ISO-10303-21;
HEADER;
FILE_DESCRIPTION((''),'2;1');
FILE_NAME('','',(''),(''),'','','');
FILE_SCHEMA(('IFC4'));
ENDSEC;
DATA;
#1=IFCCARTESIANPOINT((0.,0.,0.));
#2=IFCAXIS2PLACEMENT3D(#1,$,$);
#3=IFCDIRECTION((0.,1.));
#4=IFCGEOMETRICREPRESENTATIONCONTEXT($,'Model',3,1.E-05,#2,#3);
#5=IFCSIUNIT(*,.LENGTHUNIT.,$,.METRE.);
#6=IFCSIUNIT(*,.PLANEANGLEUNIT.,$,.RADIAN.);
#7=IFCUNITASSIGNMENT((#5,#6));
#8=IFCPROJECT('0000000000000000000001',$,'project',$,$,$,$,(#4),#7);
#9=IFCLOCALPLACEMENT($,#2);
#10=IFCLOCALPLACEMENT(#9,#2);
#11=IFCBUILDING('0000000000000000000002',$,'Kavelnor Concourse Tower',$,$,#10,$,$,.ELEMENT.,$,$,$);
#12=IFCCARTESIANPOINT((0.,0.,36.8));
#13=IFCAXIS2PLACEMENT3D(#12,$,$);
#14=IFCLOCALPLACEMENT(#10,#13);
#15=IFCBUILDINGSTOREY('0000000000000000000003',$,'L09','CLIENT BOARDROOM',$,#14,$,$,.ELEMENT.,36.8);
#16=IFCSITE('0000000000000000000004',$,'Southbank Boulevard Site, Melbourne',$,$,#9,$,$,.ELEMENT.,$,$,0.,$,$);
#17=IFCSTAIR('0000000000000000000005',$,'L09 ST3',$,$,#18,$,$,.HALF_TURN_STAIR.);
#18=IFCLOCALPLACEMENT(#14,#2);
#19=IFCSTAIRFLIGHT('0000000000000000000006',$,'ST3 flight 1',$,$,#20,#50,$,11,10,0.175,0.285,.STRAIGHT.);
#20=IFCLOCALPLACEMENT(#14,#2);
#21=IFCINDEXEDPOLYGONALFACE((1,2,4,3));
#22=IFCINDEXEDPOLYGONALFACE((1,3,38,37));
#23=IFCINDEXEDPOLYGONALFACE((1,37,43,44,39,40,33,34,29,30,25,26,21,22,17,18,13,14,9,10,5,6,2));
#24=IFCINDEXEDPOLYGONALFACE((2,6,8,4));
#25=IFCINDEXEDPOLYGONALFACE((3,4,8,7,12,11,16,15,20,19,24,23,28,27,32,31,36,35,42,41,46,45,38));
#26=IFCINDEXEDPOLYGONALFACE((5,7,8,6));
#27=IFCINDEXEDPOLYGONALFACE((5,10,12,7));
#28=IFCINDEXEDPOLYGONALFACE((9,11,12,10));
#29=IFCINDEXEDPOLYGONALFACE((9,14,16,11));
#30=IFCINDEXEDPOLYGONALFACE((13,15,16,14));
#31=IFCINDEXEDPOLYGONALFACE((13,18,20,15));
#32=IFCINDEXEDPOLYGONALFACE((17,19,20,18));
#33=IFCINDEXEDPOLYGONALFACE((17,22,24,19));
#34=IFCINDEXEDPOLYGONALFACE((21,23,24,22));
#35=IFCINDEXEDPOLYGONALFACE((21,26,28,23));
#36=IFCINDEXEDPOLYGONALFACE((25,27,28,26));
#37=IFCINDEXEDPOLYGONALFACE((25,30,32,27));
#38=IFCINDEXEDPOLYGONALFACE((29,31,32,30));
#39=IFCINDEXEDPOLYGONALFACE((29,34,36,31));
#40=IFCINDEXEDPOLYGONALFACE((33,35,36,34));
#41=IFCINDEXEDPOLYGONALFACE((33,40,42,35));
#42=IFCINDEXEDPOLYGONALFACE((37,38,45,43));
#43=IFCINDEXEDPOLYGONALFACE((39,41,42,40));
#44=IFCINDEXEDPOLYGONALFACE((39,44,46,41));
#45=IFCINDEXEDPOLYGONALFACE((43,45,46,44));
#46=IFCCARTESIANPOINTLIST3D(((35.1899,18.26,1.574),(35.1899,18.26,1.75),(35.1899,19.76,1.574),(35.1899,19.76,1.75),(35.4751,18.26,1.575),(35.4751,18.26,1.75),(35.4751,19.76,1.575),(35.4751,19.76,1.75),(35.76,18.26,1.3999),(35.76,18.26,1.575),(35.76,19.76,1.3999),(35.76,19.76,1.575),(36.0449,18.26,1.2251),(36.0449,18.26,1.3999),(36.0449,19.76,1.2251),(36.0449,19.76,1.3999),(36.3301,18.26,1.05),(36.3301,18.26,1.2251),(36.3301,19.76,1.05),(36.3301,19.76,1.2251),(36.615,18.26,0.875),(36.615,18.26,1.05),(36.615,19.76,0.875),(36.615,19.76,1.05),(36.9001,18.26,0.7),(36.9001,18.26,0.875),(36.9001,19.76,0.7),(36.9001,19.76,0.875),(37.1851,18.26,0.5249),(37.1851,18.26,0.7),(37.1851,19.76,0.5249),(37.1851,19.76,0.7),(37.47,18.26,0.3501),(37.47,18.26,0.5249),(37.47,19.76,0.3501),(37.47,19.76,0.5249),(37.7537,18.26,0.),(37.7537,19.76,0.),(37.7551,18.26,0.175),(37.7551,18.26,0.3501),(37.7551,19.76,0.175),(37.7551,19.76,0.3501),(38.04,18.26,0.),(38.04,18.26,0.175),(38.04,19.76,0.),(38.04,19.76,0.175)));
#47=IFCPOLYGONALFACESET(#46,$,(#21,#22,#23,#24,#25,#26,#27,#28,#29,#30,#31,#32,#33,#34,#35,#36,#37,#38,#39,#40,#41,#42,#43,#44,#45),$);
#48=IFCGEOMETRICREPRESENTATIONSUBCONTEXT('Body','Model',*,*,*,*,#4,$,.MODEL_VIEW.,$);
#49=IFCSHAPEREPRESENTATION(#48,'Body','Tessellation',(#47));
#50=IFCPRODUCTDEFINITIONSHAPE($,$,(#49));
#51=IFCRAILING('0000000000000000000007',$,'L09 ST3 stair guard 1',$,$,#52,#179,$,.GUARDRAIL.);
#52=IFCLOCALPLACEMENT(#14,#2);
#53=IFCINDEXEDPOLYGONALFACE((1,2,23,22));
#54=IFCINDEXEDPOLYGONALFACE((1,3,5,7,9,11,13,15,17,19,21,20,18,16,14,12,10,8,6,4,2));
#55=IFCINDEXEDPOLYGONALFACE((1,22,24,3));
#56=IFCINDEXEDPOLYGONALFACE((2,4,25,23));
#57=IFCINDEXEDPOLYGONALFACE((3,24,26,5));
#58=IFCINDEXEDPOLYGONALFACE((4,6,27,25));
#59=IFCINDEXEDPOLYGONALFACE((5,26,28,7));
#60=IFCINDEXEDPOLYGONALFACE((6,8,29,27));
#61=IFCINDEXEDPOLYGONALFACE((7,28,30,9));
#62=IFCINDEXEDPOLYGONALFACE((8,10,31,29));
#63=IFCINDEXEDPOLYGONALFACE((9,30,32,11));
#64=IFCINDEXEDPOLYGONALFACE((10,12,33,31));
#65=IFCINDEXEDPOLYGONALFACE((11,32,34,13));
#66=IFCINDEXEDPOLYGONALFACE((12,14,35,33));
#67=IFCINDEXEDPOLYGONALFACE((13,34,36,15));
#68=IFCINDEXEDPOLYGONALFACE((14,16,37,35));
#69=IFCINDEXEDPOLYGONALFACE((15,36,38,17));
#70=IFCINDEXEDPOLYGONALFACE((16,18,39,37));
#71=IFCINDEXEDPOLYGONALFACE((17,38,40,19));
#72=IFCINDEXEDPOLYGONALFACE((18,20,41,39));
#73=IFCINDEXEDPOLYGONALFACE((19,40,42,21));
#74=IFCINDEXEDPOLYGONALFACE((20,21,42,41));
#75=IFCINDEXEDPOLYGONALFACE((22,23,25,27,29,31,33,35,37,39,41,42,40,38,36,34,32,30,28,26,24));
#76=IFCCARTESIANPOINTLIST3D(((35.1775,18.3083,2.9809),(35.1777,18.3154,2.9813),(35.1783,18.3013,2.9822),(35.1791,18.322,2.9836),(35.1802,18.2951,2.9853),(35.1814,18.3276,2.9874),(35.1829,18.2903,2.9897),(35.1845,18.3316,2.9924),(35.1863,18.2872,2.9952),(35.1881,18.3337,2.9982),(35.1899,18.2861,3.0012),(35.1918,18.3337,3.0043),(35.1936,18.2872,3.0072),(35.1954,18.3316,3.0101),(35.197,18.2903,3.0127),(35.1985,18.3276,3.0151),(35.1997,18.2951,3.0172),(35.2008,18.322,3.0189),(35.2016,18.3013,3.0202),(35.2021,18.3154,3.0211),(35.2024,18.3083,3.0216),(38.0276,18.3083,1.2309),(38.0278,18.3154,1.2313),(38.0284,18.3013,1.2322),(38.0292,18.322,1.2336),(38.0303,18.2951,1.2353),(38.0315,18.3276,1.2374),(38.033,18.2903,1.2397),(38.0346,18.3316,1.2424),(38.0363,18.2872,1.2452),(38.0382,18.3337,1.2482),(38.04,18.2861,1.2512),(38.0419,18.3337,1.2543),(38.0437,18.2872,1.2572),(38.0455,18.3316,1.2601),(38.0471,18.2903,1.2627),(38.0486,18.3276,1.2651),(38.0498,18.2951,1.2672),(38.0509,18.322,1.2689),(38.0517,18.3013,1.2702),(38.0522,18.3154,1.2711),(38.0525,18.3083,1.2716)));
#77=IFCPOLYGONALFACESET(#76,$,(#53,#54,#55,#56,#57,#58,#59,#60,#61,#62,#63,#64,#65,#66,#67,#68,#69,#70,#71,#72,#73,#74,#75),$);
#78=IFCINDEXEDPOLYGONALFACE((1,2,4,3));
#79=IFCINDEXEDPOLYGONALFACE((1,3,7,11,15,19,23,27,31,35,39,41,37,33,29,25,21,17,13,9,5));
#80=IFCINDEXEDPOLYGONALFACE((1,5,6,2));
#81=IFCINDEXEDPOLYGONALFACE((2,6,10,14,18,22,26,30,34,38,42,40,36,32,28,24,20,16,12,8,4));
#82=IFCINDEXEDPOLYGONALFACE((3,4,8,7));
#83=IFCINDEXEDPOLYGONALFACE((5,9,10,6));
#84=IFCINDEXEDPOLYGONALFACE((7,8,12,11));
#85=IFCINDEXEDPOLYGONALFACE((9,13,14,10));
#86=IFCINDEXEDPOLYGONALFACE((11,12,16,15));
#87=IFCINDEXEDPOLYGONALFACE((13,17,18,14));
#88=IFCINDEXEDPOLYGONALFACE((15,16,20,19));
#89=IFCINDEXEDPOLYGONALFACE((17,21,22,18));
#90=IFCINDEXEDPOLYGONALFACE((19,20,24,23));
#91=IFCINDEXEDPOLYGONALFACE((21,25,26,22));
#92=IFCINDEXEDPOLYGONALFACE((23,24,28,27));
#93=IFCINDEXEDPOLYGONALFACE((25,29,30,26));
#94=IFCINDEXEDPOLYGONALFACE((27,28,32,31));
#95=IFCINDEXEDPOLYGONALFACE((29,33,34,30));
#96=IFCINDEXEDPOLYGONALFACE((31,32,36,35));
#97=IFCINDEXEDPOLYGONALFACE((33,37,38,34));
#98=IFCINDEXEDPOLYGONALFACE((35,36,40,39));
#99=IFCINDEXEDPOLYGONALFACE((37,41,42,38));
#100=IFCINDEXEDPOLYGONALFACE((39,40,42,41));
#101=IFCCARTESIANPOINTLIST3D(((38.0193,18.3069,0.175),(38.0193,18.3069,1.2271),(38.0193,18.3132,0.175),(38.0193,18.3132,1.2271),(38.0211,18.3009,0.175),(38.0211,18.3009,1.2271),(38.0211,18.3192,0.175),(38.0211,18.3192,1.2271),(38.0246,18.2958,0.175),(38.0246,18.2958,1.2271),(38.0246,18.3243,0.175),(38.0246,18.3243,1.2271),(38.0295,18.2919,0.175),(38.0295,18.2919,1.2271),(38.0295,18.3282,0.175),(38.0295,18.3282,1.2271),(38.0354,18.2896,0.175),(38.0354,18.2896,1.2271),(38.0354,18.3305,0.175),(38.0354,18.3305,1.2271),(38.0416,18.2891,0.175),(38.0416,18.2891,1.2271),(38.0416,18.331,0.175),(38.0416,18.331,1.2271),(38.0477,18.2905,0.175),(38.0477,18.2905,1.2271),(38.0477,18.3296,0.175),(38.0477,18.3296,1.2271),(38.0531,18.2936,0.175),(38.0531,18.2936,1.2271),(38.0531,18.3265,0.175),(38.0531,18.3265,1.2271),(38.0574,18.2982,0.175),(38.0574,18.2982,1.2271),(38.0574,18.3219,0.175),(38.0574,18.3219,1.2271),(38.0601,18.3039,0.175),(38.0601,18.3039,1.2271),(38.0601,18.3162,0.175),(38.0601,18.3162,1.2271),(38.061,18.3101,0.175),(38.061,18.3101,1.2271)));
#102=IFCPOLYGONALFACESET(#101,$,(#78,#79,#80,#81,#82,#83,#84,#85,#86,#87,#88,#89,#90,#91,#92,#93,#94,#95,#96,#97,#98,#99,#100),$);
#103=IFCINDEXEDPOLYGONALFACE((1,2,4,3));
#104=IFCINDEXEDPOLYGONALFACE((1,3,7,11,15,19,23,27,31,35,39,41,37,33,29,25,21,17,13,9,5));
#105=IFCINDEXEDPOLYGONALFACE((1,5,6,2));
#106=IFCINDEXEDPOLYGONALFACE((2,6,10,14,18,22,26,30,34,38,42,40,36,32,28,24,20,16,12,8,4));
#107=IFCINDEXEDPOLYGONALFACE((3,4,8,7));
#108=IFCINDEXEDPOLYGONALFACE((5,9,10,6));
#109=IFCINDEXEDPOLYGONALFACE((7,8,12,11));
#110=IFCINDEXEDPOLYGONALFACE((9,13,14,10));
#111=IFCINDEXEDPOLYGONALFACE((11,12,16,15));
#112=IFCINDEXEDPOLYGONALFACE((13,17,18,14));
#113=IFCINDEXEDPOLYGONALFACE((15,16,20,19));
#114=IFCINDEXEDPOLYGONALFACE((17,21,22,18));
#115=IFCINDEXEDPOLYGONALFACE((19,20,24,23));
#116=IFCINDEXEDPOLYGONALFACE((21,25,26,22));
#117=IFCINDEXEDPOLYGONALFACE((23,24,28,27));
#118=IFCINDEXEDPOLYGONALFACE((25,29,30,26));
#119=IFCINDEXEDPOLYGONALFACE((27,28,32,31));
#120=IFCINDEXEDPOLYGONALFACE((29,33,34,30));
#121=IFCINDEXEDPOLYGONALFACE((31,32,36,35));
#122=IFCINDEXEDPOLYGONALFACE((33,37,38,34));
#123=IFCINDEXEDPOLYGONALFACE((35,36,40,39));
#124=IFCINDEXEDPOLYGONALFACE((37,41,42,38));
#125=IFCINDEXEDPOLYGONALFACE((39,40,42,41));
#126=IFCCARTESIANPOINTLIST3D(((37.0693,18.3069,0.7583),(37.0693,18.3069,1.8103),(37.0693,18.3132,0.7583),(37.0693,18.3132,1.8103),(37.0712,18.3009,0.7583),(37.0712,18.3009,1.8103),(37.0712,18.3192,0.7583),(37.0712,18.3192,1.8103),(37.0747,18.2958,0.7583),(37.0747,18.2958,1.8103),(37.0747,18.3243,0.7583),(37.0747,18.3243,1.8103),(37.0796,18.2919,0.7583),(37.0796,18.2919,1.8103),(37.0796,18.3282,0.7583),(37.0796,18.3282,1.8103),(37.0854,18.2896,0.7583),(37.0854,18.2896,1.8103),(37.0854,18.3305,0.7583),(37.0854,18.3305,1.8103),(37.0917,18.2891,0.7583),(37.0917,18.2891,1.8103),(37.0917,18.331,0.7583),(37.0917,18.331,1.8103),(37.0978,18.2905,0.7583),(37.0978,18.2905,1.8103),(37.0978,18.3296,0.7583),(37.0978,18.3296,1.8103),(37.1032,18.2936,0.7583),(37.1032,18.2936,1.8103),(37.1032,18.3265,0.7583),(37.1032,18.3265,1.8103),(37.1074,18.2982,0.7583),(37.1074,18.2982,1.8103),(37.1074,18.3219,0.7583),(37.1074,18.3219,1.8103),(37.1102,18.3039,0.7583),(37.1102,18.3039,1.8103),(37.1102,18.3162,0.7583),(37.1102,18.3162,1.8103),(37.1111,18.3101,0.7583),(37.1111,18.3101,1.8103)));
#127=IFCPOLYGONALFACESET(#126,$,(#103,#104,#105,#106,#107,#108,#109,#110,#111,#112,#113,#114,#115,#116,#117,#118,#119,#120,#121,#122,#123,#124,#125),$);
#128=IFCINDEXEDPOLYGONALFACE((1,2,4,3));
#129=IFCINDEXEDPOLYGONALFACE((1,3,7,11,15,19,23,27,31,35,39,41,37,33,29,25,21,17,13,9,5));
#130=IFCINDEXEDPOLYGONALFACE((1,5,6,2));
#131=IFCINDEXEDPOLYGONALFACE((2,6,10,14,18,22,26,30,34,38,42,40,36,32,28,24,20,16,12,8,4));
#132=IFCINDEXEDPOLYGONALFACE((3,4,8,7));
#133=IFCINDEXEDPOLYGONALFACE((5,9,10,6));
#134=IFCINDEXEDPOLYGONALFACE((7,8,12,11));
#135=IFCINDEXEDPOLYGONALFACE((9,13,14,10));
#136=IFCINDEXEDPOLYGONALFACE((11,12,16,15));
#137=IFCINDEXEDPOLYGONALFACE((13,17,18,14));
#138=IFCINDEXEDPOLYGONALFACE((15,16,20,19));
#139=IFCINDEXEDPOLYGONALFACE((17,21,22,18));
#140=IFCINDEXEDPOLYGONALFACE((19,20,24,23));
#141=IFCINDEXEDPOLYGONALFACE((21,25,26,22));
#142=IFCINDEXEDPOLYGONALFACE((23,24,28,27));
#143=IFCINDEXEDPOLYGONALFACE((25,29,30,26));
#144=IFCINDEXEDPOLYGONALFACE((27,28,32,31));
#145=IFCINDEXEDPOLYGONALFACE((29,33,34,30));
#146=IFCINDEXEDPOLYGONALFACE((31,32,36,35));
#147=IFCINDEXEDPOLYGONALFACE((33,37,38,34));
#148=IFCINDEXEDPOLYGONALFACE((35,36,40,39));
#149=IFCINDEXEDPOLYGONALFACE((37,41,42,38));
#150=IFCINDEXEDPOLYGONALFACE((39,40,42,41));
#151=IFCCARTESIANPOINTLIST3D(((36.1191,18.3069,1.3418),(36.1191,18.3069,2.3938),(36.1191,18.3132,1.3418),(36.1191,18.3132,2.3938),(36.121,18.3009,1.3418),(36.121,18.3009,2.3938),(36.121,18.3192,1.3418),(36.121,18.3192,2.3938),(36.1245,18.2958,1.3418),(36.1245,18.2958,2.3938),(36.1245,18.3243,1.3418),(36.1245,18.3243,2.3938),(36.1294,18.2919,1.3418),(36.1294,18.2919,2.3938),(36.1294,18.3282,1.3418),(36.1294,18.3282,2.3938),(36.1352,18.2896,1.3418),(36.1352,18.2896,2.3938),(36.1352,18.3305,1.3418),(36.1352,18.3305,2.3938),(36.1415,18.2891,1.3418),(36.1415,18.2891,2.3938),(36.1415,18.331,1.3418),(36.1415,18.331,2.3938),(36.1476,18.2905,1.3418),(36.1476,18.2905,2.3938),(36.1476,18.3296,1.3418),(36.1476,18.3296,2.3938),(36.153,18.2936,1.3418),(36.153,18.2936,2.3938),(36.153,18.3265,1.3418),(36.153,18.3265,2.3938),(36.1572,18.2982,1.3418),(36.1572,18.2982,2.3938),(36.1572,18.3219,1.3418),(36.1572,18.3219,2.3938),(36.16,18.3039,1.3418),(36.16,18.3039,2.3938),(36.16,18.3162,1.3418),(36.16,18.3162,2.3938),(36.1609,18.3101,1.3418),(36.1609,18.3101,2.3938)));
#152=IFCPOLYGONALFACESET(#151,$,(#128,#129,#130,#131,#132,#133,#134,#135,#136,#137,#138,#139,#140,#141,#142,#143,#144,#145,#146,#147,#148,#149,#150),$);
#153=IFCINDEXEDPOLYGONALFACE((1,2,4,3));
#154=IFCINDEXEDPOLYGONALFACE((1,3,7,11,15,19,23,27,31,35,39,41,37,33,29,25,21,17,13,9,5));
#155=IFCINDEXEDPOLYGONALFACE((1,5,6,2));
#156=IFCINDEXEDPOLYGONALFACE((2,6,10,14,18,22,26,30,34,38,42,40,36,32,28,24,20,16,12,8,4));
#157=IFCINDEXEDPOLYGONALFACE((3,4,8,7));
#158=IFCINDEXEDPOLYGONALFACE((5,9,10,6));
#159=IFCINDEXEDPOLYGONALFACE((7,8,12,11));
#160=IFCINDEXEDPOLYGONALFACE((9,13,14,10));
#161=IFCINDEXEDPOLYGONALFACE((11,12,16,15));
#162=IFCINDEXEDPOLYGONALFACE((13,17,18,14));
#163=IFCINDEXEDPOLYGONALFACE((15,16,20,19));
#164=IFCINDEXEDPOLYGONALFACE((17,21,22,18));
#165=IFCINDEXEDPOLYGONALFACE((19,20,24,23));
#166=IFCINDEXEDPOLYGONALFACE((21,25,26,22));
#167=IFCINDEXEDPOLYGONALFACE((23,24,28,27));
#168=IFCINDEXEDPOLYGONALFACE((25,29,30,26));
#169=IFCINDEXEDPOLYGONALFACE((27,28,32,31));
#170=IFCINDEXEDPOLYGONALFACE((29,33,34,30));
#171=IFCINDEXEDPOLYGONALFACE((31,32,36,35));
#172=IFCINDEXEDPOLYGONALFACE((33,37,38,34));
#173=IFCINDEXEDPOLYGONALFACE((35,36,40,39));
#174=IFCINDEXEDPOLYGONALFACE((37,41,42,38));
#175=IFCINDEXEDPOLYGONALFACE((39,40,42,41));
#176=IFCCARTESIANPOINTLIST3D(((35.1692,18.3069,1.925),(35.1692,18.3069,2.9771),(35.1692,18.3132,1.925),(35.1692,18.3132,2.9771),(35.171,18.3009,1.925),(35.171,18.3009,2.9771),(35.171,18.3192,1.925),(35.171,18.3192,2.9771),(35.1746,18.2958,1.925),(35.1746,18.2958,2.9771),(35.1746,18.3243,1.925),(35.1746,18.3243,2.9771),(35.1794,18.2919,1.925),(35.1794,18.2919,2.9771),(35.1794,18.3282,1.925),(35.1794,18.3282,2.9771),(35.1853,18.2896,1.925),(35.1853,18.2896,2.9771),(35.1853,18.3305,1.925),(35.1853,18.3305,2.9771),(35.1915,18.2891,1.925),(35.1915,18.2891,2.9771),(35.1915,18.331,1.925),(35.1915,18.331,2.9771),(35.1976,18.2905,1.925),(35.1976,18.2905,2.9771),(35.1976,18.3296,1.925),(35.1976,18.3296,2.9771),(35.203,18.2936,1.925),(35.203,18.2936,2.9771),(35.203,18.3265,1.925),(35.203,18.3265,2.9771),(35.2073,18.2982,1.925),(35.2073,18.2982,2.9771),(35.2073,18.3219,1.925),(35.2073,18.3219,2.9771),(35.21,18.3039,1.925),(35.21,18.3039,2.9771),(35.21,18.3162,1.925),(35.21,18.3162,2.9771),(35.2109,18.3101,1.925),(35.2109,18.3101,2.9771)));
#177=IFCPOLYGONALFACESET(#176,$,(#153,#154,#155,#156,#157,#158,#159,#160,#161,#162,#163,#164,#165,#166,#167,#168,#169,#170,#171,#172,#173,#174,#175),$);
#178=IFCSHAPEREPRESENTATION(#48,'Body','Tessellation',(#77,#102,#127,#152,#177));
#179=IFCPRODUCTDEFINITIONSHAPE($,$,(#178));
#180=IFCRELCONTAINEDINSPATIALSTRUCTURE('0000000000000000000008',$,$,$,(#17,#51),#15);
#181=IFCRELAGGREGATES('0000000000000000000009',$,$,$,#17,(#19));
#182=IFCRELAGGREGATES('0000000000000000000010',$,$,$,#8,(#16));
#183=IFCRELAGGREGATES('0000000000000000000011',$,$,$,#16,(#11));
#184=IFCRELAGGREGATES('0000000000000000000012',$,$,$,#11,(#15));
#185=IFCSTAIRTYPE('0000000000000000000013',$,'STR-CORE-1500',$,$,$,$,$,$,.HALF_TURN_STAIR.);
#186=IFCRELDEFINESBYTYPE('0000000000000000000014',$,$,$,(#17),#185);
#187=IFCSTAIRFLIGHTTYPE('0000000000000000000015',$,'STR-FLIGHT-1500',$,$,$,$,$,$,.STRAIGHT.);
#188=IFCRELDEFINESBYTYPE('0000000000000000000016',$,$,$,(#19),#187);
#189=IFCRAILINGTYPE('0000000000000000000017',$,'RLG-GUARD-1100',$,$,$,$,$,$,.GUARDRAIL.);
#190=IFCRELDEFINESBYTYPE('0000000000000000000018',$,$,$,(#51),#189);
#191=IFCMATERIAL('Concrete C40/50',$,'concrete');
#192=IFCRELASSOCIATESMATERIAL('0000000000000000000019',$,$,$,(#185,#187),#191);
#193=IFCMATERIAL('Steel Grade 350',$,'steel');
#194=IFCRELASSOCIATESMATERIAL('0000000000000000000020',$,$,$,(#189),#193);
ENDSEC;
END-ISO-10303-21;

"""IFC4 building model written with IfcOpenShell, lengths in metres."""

from ifc_helpers import new_model, si_unit, direction, frame, origin, origin_2d, place, context, subcontext, project, spatial, polyline, circle, outline, extrude, material, type_object, element, aggregate, save


model = new_model("IFC4")

# Units and contexts
model_context = context("Model", 3, precision=1e-05, world=origin(), true_north=direction((0.0, 1.0)))
body_context = subcontext(model_context, "Body", "Model", "MODEL_VIEW")
ifc_project = project(units=[si_unit("LENGTHUNIT", "METRE"), si_unit("PLANEANGLEUNIT", "RADIAN")], contexts=[model_context])

# Site, building, storey
site_placement = place(None, origin())
site = spatial("IfcSite", under=ifc_project, at=site_placement, Name="Southbank Boulevard Site, Melbourne", CompositionType="ELEMENT", RefElevation=0.0)
building_placement = place(site_placement, origin())
building = spatial("IfcBuilding", under=site, at=building_placement, Name="Kavelnor Concourse Tower", CompositionType="ELEMENT")
storey_placement = place(building_placement, frame((0.0, 0.0, 36.8)))
storey = spatial("IfcBuildingStorey", under=building, at=storey_placement, Name="L09", Description="CLIENT BOARDROOM", CompositionType="ELEMENT", Elevation=36.8)

# Shared definitions
ifc_material_1 = material(Name="Steel Grade 350", Category="steel")

# Stair, stair flight
ifc_material_2 = material(Name="Concrete C40/50", Category="concrete")
stair_type = type_object("IfcStairType", Name="STR-CORE-1500", PredefinedType="HALF_TURN_STAIR", material=ifc_material_2)
stair_placement = place(storey_placement, origin())
stair = element("IfcStair", 1, at=stair_placement, inside=storey, type_object=stair_type, Name="L09 ST3", PredefinedType="HALF_TURN_STAIR")
stair_flight_type = type_object("IfcStairFlightType", Name="STR-FLIGHT-1500", PredefinedType="STRAIGHT", material=ifc_material_2)
stair_flight_placement = place(storey_placement, frame((38.04, 19.01, 0.0), z_axis=(0.0, 0.0, 1.0), x_axis=(-1.0, 0.0, 0.0)))
stair_flight = element("IfcStairFlight", 2, at=stair_flight_placement, type_object=stair_flight_type, Name="ST3 flight 1", NumberOfRisers=11, NumberOfTreads=10, PredefinedType="STRAIGHT", RiserHeight=0.175, TreadLength=0.285, context=body_context, shape_type="SweptSolid", body=[
    extrude(outline(polyline([(0.0, 0.0), (0.0, 0.175), (0.2849, 0.175), (0.2849, 0.3501), (0.5701, 0.3501), (0.5701, 0.5249), (0.855, 0.5249), (0.855, 0.7), (1.1399, 0.7), (1.1399, 0.875), (1.425, 0.875), (1.425, 1.05), (1.71, 1.05), (1.71, 1.2251), (1.9951, 1.2251), (1.9951, 1.3999), (2.28, 1.3999), (2.28, 1.575), (2.5649, 1.575), (2.5649, 1.75), (2.8501, 1.75), (2.8501, 1.925), (2.8501, 1.574), (0.2864, 0.0), (0.0, 0.0)])), frame((0.0, 0.75, 0.0), z_axis=(0.0, -1.0, 0.0), x_axis=(1.0, 0.0, 0.0)), (0.0, 0.0, 1.0), 1.5),
])
aggregate(stair, [stair_flight])

# Railing
railing_type_1 = type_object("IfcRailingType", Name="RLG-GUARD-1100", PredefinedType="GUARDRAIL", material=ifc_material_1)
railing_1_placement = place(storey_placement, frame((38.04, 18.3101, 0.175)))
element("IfcRailing", 3, at=railing_1_placement, inside=storey, type_object=railing_type_1, Name="L09 ST3 stair guard 1", PredefinedType="GUARDRAIL", context=body_context, shape_type="SweptSolid", body=[
    extrude(circle(Radius=0.0239, at=origin_2d()), frame((0.0, 0.0, 1.0762), z_axis=(-0.852179, 0.0, 0.52325), x_axis=(0.0, -1.0, 0.0)), (0.0, 0.0, 1.0), 3.3445),
    extrude(circle(Radius=0.021, at=origin_2d()), origin(), (0.0, 0.0, 1.0), 1.052),
    extrude(circle(Radius=0.021, at=origin_2d()), frame((-0.95, 0.0, 0.5833)), (0.0, 0.0, 1.0), 1.052),
    extrude(circle(Radius=0.021, at=origin_2d()), frame((-1.9001, 0.0, 1.1667)), (0.0, 0.0, 1.0), 1.052),
    extrude(circle(Radius=0.021, at=origin_2d()), frame((-2.8501, 0.0, 1.75)), (0.0, 0.0, 1.0), 1.052),
])

save(model, "model.ifc")
